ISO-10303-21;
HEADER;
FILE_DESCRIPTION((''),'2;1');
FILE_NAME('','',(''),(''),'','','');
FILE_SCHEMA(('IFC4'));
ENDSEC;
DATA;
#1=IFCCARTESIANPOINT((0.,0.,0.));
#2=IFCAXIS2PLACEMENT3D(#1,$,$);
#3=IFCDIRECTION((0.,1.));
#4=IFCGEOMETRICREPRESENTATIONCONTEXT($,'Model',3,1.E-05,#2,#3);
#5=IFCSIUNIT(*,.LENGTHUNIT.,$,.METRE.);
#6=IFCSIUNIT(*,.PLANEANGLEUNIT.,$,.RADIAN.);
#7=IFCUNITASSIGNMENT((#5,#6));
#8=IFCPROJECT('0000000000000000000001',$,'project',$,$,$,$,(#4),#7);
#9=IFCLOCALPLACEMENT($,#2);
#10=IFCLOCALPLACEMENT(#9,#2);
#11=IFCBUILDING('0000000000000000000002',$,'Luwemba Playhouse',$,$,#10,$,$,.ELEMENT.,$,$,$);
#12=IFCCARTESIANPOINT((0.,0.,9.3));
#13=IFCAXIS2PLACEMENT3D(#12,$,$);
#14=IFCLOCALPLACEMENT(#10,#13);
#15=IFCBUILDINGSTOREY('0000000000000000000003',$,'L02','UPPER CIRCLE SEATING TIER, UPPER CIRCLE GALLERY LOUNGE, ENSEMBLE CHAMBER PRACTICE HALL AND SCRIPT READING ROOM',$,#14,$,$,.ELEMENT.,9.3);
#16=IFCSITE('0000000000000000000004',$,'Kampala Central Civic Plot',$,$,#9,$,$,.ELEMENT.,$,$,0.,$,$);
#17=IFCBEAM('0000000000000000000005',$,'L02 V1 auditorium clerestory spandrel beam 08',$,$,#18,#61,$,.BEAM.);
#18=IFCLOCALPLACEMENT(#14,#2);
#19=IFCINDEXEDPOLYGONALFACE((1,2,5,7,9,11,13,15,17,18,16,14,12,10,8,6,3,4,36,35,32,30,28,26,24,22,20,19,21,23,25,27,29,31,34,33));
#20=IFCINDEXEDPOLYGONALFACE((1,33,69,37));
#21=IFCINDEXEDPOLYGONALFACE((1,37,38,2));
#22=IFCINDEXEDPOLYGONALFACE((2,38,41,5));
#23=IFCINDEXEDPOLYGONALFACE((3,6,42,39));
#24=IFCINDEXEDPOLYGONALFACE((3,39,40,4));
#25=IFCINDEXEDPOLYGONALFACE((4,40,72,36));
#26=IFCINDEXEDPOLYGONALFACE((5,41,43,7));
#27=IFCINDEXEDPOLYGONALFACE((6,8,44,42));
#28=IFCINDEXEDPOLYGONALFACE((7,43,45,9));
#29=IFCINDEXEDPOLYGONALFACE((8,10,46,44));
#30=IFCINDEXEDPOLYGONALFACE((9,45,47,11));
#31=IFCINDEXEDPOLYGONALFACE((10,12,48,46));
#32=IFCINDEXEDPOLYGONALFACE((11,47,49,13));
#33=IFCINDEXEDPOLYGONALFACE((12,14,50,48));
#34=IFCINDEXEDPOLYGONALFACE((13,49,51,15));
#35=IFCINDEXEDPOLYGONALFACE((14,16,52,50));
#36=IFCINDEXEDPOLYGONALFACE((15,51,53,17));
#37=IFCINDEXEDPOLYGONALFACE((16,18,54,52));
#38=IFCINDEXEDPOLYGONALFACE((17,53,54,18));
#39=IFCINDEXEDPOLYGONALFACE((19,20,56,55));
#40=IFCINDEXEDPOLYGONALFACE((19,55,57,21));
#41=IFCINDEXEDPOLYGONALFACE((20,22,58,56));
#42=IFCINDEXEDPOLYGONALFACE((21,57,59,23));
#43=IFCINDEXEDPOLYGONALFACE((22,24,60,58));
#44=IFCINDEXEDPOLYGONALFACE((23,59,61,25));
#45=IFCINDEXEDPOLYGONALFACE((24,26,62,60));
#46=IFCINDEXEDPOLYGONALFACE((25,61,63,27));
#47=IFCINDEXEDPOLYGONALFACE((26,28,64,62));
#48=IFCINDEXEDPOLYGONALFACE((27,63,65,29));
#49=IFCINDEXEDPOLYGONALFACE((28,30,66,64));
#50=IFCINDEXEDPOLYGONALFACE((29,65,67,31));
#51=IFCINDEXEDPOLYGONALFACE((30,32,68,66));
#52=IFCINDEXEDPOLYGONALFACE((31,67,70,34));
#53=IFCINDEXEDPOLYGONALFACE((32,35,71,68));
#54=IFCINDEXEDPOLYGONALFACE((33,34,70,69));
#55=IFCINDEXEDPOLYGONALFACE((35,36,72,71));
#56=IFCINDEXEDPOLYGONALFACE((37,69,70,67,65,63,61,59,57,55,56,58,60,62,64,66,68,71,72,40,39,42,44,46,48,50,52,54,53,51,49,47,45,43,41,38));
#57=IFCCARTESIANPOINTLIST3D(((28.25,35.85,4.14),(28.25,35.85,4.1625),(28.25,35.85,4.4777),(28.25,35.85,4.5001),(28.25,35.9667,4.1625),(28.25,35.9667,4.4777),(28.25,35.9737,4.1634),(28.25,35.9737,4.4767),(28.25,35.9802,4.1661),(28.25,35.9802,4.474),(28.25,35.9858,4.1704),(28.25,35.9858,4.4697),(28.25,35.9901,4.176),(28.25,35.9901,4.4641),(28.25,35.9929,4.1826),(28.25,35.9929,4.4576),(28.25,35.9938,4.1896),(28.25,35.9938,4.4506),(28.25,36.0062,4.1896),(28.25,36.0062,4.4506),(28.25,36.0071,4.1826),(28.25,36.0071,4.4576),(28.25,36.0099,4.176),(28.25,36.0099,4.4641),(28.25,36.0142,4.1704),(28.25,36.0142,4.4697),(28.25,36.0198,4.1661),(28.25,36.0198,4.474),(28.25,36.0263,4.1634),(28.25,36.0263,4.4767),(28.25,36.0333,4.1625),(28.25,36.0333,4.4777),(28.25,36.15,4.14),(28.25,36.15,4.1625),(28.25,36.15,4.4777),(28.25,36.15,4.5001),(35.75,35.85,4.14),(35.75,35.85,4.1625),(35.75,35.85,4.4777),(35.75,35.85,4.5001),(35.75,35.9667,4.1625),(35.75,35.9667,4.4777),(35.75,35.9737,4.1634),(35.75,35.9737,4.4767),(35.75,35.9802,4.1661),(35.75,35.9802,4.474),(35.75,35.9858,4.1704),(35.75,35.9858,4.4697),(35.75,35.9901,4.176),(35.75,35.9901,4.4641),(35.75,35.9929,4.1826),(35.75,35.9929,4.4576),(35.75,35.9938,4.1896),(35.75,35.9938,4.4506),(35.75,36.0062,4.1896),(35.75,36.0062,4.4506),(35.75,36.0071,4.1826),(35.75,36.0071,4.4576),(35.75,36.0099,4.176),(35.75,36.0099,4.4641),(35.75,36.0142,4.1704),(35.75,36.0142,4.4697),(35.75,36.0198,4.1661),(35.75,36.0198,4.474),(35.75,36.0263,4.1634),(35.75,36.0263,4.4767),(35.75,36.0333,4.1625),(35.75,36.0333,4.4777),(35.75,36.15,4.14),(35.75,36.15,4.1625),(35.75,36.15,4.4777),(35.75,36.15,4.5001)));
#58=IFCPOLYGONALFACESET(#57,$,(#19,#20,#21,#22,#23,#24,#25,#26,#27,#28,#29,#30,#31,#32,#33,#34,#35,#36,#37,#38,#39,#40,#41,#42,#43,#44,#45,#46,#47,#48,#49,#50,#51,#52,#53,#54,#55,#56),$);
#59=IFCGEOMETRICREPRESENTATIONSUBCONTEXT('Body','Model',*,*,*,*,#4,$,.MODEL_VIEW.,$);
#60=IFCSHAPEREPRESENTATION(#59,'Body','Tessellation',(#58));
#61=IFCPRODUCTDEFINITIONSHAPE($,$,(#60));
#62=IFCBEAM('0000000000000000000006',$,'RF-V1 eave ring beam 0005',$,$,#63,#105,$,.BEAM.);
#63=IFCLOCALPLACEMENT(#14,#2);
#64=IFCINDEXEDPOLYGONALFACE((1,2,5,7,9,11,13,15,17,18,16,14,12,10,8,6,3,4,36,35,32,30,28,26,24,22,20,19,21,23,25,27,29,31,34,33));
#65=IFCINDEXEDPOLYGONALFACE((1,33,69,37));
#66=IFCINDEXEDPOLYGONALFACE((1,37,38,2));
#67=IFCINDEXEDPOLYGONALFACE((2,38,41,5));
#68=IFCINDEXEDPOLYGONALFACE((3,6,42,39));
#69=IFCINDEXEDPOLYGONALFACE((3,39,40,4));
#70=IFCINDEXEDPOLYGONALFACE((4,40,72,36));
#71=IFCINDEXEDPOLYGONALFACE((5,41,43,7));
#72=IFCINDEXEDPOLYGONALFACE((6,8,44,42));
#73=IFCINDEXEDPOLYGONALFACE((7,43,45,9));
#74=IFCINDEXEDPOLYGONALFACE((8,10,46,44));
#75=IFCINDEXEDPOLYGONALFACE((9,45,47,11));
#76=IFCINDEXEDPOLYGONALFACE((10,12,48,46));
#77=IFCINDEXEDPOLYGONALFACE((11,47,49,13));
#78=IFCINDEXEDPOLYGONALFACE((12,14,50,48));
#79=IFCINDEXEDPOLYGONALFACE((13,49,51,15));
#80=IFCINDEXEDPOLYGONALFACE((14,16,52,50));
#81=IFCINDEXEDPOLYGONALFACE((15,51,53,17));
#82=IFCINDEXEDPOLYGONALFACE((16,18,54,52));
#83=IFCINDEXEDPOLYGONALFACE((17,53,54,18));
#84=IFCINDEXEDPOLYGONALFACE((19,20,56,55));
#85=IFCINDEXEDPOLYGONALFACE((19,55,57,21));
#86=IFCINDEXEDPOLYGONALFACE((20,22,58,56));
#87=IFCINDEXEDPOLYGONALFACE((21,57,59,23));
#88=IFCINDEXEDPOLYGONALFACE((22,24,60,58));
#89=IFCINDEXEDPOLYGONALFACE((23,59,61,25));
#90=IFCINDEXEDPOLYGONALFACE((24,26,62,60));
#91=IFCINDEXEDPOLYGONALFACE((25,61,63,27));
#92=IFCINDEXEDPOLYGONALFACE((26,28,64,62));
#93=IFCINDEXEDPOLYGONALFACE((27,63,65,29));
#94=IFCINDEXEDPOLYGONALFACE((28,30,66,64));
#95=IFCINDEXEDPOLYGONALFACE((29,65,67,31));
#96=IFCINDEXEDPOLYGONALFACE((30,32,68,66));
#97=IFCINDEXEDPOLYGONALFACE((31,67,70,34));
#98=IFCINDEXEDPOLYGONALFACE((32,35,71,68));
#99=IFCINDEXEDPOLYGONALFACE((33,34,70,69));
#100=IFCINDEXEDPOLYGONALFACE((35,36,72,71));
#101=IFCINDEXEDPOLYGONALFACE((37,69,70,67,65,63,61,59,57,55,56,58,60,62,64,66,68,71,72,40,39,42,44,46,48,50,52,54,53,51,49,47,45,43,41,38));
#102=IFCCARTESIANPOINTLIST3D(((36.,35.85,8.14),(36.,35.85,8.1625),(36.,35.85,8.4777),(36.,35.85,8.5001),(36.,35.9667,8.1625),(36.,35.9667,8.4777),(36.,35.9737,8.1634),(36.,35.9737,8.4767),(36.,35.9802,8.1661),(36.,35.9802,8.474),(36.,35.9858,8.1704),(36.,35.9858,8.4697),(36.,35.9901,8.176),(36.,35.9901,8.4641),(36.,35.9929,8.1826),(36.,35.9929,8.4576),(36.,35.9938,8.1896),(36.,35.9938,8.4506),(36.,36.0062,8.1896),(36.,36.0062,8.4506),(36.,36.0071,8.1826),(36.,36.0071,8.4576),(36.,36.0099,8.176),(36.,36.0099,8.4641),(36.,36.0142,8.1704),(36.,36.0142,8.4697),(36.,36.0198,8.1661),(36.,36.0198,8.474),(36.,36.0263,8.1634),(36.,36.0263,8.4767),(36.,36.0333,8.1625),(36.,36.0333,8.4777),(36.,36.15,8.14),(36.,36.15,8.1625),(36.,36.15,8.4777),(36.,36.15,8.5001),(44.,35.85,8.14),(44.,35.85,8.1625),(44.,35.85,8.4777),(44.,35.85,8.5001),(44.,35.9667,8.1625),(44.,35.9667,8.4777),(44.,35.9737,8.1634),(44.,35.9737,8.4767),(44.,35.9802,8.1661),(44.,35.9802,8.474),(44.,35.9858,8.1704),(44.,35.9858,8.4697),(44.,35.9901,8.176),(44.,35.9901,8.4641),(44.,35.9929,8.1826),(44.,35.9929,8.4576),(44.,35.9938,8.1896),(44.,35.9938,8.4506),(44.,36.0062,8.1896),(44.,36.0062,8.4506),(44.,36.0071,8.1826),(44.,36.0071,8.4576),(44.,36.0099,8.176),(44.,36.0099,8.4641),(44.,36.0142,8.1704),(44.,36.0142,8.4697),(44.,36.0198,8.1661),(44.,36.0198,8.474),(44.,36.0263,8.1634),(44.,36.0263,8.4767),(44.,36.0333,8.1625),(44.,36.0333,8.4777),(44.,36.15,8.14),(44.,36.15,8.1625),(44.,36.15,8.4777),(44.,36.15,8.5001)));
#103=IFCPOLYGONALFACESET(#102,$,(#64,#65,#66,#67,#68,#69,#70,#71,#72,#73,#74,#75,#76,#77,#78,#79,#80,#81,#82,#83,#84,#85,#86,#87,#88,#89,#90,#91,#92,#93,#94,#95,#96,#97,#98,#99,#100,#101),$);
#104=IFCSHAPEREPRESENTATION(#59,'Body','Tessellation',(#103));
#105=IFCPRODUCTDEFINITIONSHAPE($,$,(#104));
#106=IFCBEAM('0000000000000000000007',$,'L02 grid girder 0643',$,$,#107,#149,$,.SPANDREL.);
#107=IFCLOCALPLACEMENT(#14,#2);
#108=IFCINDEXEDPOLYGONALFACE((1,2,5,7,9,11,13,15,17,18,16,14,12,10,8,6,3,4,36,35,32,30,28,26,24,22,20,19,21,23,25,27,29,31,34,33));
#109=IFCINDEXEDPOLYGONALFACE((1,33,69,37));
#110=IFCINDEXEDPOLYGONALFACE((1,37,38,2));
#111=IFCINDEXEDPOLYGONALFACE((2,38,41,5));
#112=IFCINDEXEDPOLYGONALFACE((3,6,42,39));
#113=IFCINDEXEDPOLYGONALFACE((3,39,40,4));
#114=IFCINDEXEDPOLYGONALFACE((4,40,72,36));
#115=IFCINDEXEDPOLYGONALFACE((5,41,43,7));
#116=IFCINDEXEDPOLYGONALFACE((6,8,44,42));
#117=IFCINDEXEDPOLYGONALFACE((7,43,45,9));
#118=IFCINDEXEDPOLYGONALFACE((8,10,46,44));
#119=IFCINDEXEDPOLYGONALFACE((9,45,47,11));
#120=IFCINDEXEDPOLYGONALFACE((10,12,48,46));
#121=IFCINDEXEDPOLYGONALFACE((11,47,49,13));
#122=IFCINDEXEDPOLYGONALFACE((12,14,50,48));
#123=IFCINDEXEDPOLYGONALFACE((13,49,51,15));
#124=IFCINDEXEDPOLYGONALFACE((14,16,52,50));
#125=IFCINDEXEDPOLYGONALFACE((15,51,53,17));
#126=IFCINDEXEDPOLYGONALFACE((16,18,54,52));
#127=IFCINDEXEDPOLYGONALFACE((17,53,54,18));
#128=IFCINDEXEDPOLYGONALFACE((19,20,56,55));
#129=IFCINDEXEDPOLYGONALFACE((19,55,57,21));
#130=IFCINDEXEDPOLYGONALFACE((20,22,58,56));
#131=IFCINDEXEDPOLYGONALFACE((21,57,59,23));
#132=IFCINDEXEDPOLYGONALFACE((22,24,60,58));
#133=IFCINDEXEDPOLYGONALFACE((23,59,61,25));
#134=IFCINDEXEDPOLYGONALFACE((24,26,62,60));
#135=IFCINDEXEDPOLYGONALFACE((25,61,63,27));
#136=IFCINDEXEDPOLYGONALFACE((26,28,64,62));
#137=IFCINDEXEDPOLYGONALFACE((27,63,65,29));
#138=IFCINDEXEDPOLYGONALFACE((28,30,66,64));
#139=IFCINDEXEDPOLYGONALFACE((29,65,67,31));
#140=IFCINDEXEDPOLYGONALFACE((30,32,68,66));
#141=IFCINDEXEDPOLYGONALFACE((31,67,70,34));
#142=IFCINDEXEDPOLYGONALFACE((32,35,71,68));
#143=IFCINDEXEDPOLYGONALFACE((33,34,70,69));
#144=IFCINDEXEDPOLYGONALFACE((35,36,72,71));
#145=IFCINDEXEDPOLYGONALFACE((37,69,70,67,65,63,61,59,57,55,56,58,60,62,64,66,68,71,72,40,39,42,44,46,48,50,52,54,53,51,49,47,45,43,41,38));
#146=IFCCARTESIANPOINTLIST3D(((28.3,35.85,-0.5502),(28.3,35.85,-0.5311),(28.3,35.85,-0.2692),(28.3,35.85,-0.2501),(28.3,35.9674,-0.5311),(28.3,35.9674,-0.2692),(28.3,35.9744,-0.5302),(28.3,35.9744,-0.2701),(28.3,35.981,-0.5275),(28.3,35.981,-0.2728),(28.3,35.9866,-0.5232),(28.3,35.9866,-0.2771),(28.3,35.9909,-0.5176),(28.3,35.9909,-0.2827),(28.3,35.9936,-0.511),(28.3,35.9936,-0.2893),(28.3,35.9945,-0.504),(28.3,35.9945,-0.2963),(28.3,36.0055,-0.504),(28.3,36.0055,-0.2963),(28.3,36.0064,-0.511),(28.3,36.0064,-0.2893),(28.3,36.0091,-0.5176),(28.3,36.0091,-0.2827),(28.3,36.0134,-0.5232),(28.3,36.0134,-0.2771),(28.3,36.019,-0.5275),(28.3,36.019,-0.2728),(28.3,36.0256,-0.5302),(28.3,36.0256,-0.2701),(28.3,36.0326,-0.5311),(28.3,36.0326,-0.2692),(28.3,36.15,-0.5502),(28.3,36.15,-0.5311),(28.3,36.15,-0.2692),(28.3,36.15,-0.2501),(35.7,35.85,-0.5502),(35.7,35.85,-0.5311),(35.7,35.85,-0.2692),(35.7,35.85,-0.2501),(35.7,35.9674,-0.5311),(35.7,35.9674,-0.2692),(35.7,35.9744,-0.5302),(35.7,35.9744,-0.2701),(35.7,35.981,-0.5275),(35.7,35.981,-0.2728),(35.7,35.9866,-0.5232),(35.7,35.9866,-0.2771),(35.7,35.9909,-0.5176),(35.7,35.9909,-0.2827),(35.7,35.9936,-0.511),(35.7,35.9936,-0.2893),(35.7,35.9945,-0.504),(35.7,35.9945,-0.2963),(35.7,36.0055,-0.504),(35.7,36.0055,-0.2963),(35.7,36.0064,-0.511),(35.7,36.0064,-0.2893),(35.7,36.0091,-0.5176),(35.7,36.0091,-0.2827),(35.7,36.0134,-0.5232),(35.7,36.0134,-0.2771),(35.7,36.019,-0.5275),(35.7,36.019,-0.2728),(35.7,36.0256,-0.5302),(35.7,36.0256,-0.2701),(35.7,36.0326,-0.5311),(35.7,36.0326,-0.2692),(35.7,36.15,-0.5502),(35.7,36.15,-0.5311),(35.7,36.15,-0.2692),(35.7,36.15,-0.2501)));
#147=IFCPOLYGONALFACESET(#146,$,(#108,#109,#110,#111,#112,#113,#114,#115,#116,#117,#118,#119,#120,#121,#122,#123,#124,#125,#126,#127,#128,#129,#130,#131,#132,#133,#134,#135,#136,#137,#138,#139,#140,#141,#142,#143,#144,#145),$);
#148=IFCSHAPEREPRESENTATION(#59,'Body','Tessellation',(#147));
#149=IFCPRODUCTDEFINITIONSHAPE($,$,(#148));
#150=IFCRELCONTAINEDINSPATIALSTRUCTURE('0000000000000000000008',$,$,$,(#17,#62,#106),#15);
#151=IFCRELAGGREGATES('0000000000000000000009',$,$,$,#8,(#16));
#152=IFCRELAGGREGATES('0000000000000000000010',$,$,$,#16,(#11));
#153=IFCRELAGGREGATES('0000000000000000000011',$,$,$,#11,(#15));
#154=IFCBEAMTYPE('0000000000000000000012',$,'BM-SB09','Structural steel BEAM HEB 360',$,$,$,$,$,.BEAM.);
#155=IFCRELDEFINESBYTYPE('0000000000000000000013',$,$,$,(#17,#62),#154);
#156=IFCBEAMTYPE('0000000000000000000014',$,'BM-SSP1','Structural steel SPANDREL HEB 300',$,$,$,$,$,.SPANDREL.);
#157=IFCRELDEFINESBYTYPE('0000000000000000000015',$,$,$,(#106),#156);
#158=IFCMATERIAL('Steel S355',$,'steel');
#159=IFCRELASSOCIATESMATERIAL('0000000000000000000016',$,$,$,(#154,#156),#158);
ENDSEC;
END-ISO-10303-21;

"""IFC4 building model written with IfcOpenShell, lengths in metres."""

from ifc_helpers import new_model, si_unit, direction, frame, origin, origin_2d, place, context, subcontext, project, spatial, i_section, extrude, material, material_profile, profile_set, type_object, element, save


model = new_model("IFC4")

# Units and contexts
model_context = context("Model", 3, precision=1e-05, world=origin(), true_north=direction((0.0, 1.0)))
body_context = subcontext(model_context, "Body", "Model", "MODEL_VIEW")
ifc_project = project(units=[si_unit("LENGTHUNIT", "METRE"), si_unit("PLANEANGLEUNIT", "RADIAN")], contexts=[model_context])

# Site, building, storey
site_placement = place(None, origin())
site = spatial("IfcSite", under=ifc_project, at=site_placement, Name="Kampala Central Civic Plot", CompositionType="ELEMENT", RefElevation=0.0)
building_placement = place(site_placement, origin())
building = spatial("IfcBuilding", under=site, at=building_placement, Name="Luwemba Playhouse", CompositionType="ELEMENT")
storey_placement = place(building_placement, frame((0.0, 0.0, 9.3)))
storey = spatial("IfcBuildingStorey", under=building, at=storey_placement, Name="L02", Description="UPPER CIRCLE SEATING TIER, UPPER CIRCLE GALLERY LOUNGE, ENSEMBLE CHAMBER PRACTICE HALL AND SCRIPT READING ROOM", CompositionType="ELEMENT", Elevation=9.3)

# Shared definitions
ifc_material_1 = material(Name="Steel S355", Category="steel")

# Beams
ifc_material_profile_1 = material_profile(ifc_material_1, i_section(OverallWidth=0.3, OverallDepth=0.3601, WebThickness=0.0125, FlangeThickness=0.0225, FilletRadius=0.0271, at=origin_2d()))
ifc_profile_set_1 = profile_set([ifc_material_profile_1], Name="Steel S355")
beam_type_1 = type_object("IfcBeamType", Name="BM-SB09", Description="Structural steel BEAM HEB 360", PredefinedType="BEAM", material=ifc_profile_set_1)
beam_1_placement = place(storey_placement, frame((28.25, 36.0, 4.3201), z_axis=(1.0, 0.0, 0.0), x_axis=(0.0, 1.0, 0.0)))
element("IfcBeam", 1, at=beam_1_placement, inside=storey, type_object=beam_type_1, Name="L02 V1 auditorium clerestory spandrel beam 08", PredefinedType="BEAM", context=body_context, shape_type="SweptSolid", body=[
    extrude(i_section(OverallWidth=0.3, OverallDepth=0.3601, WebThickness=0.0125, FlangeThickness=0.0225, FilletRadius=0.0271, at=origin_2d()), origin(), (0.0, 0.0, 1.0), 7.5),
])
beam_2_placement = place(storey_placement, frame((36.0, 36.0, 8.3201), z_axis=(1.0, 0.0, 0.0), x_axis=(0.0, 1.0, 0.0)))
element("IfcBeam", 2, at=beam_2_placement, inside=storey, type_object=beam_type_1, Name="RF-V1 eave ring beam 0005", PredefinedType="BEAM", context=body_context, shape_type="SweptSolid", body=[
    extrude(i_section(OverallWidth=0.3, OverallDepth=0.3601, WebThickness=0.0125, FlangeThickness=0.0225, FilletRadius=0.0271, at=origin_2d()), origin(), (0.0, 0.0, 1.0), 8.0),
])
ifc_material_profile_2 = material_profile(ifc_material_1, i_section(OverallWidth=0.3, OverallDepth=0.3, WebThickness=0.011, FlangeThickness=0.019, FilletRadius=0.0271, at=origin_2d()))
ifc_profile_set_2 = profile_set([ifc_material_profile_2], Name="Steel S355")
beam_type_2 = type_object("IfcBeamType", Name="BM-SSP1", Description="Structural steel SPANDREL HEB 300", PredefinedType="SPANDREL", material=ifc_profile_set_2)
beam_3_placement = place(storey_placement, frame((28.3, 36.0, -0.4001), z_axis=(1.0, 0.0, 0.0), x_axis=(0.0, 1.0, 0.0)))
element("IfcBeam", 3, at=beam_3_placement, inside=storey, type_object=beam_type_2, Name="L02 grid girder 0643", PredefinedType="SPANDREL", context=body_context, shape_type="SweptSolid", body=[
    extrude(i_section(OverallWidth=0.3, OverallDepth=0.3, WebThickness=0.011, FlangeThickness=0.019, FilletRadius=0.0271, at=origin_2d()), origin(), (0.0, 0.0, 1.0), 7.3999),
])

save(model, "model.ifc")
